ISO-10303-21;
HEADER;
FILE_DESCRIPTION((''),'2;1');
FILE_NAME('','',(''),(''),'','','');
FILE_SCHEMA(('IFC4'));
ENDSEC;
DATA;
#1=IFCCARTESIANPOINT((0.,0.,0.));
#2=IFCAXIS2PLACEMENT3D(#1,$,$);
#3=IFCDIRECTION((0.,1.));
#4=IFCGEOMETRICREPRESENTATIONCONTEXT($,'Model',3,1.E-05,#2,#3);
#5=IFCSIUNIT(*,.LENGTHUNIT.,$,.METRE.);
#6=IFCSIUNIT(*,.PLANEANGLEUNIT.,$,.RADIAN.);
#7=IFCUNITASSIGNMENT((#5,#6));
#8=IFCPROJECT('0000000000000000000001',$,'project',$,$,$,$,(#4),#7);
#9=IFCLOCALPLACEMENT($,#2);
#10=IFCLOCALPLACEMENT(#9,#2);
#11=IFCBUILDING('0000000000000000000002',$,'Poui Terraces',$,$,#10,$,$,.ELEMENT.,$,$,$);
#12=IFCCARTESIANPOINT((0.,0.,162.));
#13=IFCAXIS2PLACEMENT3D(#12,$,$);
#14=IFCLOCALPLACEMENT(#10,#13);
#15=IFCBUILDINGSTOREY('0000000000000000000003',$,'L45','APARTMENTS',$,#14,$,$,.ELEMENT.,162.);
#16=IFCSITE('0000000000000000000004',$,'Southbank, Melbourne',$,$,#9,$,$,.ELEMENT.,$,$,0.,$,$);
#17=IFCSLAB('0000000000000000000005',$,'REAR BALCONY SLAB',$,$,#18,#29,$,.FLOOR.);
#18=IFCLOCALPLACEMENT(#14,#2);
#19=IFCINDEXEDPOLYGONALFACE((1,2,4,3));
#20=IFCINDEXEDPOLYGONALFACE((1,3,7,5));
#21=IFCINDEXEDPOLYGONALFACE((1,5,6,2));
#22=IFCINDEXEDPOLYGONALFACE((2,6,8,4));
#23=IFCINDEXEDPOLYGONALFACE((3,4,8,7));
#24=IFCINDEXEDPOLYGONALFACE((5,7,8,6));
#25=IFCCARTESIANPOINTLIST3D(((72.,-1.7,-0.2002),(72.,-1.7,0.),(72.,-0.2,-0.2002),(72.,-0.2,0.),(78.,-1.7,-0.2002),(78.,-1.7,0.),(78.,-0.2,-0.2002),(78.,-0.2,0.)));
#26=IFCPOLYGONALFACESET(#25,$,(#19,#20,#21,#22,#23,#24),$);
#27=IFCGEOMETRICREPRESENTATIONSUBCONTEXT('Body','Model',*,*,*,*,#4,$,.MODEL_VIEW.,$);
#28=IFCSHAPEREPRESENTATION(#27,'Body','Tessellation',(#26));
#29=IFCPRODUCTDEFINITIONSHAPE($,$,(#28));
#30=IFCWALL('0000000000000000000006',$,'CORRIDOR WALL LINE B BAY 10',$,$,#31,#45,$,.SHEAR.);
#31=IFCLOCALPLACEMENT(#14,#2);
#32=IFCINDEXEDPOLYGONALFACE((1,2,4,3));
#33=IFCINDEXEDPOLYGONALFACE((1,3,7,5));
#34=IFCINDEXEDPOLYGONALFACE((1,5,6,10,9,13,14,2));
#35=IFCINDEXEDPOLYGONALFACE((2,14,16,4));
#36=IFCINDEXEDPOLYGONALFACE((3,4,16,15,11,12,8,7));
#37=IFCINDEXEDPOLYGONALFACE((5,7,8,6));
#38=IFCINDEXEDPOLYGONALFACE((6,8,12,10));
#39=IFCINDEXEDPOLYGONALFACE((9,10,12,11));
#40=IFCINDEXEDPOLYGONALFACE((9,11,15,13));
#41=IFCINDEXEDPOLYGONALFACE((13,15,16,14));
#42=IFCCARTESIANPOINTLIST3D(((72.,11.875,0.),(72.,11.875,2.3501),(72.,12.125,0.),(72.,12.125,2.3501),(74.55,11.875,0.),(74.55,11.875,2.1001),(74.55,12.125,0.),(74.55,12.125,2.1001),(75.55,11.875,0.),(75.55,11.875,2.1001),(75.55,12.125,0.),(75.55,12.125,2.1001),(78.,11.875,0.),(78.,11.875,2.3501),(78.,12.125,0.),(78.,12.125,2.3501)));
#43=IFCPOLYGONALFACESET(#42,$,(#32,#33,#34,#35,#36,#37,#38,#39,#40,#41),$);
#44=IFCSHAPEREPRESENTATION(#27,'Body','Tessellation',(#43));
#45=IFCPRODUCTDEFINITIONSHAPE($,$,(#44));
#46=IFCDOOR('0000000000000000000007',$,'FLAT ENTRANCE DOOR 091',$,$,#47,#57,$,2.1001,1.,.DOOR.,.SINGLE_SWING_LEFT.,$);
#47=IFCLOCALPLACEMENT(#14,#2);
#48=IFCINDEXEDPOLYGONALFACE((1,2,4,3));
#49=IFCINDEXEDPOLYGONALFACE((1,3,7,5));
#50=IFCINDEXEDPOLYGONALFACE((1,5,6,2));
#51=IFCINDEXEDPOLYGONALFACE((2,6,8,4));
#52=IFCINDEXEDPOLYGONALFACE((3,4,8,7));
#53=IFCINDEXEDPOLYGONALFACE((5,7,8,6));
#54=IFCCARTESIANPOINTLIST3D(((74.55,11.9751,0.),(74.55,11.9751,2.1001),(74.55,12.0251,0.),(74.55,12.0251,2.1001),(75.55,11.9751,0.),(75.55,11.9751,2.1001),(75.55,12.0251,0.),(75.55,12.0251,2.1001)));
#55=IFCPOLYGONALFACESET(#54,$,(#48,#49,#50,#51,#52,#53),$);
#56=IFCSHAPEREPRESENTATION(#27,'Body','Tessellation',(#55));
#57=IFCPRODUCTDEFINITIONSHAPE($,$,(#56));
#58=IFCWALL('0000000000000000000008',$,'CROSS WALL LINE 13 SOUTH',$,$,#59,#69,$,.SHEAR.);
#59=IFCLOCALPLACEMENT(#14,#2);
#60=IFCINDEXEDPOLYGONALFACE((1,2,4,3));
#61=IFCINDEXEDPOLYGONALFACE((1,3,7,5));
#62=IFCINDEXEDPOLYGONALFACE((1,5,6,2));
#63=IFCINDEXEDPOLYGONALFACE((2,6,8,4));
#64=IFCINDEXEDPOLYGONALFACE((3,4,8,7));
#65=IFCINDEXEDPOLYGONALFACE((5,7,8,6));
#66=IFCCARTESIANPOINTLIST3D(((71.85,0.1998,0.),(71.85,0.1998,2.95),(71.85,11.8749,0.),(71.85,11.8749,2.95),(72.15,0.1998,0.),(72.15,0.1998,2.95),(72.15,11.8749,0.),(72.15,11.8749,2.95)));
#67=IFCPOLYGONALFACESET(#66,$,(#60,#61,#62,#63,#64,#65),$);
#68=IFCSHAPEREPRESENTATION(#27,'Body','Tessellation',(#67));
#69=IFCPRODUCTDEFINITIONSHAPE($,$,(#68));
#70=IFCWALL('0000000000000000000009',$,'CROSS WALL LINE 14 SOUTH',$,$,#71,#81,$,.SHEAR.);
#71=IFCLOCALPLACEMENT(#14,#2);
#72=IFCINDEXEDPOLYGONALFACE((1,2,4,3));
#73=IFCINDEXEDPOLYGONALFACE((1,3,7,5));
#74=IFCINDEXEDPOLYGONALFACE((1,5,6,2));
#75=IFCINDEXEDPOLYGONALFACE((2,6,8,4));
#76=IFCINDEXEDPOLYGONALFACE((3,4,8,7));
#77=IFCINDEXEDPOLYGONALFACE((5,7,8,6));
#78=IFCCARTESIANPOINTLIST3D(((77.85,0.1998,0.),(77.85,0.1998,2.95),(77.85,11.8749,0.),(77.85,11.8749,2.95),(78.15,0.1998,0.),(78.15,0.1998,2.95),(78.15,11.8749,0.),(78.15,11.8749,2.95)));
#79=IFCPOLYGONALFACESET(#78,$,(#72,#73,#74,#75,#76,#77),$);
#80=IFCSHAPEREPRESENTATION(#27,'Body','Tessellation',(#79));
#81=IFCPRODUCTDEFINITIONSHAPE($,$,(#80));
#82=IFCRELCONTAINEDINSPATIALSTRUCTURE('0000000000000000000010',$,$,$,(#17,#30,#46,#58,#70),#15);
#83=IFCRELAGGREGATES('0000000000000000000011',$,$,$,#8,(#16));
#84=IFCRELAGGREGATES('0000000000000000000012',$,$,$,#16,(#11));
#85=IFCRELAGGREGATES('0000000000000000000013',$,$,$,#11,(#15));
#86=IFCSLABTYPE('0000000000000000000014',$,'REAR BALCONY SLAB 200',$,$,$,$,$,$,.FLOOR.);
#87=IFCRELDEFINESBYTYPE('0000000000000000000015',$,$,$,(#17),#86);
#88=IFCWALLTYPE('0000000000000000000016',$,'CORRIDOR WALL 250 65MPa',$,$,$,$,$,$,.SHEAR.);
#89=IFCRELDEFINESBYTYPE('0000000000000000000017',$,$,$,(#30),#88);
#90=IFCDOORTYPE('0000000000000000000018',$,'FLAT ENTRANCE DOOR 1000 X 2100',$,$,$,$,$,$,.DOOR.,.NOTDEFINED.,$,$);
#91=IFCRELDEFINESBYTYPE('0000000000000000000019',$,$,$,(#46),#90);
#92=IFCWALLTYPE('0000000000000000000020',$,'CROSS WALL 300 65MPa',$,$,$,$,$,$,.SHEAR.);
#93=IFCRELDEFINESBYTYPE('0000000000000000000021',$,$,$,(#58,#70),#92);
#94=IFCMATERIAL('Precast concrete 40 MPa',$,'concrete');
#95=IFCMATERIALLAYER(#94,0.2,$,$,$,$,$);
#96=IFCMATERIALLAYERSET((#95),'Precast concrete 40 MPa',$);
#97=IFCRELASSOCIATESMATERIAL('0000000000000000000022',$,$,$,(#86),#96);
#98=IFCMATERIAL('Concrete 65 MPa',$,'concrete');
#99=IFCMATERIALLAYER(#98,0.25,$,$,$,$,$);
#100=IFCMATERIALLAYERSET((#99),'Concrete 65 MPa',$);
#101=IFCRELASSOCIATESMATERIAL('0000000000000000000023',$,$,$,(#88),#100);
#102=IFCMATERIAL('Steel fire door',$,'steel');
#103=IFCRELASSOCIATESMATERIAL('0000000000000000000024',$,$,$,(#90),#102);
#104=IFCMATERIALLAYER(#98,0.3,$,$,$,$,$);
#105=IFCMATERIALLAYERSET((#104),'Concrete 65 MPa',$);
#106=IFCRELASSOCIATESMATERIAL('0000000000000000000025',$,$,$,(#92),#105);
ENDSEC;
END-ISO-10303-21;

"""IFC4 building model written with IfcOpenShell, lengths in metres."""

from ifc_helpers import new_model, si_unit, direction, frame, frame_2d, origin, place, context, subcontext, project, spatial, polyline, rectangle, outline, extrude, source, transform, mapped, material, layer, layer_set, type_object, element, fill, save


model = new_model("IFC4")

# Units and contexts
model_context = context("Model", 3, precision=1e-05, world=origin(), true_north=direction((0.0, 1.0)))
body_context = subcontext(model_context, "Body", "Model", "MODEL_VIEW")
ifc_project = project(units=[si_unit("LENGTHUNIT", "METRE"), si_unit("PLANEANGLEUNIT", "RADIAN")], contexts=[model_context])

# Site, building, storey
site_placement = place(None, origin())
site = spatial("IfcSite", under=ifc_project, at=site_placement, Name="Southbank, Melbourne", CompositionType="ELEMENT", RefElevation=0.0)
building_placement = place(site_placement, origin())
building = spatial("IfcBuilding", under=site, at=building_placement, Name="Poui Terraces", CompositionType="ELEMENT")
storey_placement = place(building_placement, frame((0.0, 0.0, 162.0)))
storey = spatial("IfcBuildingStorey", under=building, at=storey_placement, Name="L45", Description="APARTMENTS", CompositionType="ELEMENT", Elevation=162.0)

# Slab
ifc_material_1 = material(Name="Precast concrete 40 MPa", Category="concrete")
ifc_layer_1 = layer(ifc_material_1, 0.2)
ifc_layer_set_1 = layer_set([ifc_layer_1], Name="Precast concrete 40 MPa")
slab_type = type_object("IfcSlabType", Name="REAR BALCONY SLAB 200", PredefinedType="FLOOR", material=ifc_layer_set_1)
shared_shape_1 = source(origin(), body_context, "Body", "SweptSolid", [
    extrude(outline(polyline([(0.0, 0.0), (6.0, 0.0), (6.0, 1.5), (0.0, 1.5), (0.0, 0.0)])), origin(), (0.0, 0.0, 1.0), 0.2002),
])
slab_placement = place(storey_placement, frame((72.0, -1.7, -0.2002)))
element("IfcSlab", 1, at=slab_placement, inside=storey, type_object=slab_type, Name="REAR BALCONY SLAB", PredefinedType="FLOOR", context=body_context, shape_type="MappedRepresentation", body=[
    mapped(shared_shape_1, transform((0.0, 0.0, 0.0))),
])

# Wall, opening, door
ifc_material_2 = material(Name="Concrete 65 MPa", Category="concrete")
ifc_layer_2 = layer(ifc_material_2, 0.25)
ifc_layer_set_2 = layer_set([ifc_layer_2], Name="Concrete 65 MPa")
wall_type_1 = type_object("IfcWallType", Name="CORRIDOR WALL 250 65MPa", PredefinedType="SHEAR", material=ifc_layer_set_2)
wall_1_placement = place(storey_placement, frame((72.0, 12.0, 0.0), z_axis=(0.0, 0.0, 1.0), x_axis=(1.0, 0.0, 0.0)))
wall_1 = element("IfcWall", 2, at=wall_1_placement, inside=storey, type_object=wall_type_1, Name="CORRIDOR WALL LINE B BAY 10", PredefinedType="SHEAR", context=body_context, shape_type="SweptSolid", body=[
    extrude(rectangle(XDim=6.0, YDim=0.25, at=frame_2d((3.0, 0.0))), origin(), (0.0, 0.0, 1.0), 2.3501),
])
opening_1_placement = place(wall_1_placement, frame((2.55, 0.0, 0.0)))
opening_1 = element("IfcOpeningElement", 3, at=opening_1_placement, cuts=wall_1, PredefinedType="OPENING", context=body_context, shape_type="SweptSolid", body=[
    extrude(rectangle(XDim=1.0, YDim=2.1001, at=frame_2d((0.5, 1.05))), frame((0.0, 0.135, 0.0), z_axis=(0.0, -1.0, 0.0), x_axis=(1.0, 0.0, 0.0)), (0.0, 0.0, 1.0), 0.27),
])
ifc_material_3 = material(Name="Steel fire door", Category="steel")
door_type_1 = type_object("IfcDoorType", Name="FLAT ENTRANCE DOOR 1000 X 2100", OperationType="NOTDEFINED", PredefinedType="DOOR", material=ifc_material_3)
door_1_placement = place(opening_1_placement, frame((1.0, 0.0, 0.0), z_axis=(0.0, 0.0, 1.0), x_axis=(-1.0, 0.0, 0.0)))
door_1 = element("IfcDoor", 4, at=door_1_placement, inside=storey, type_object=door_type_1, Name="FLAT ENTRANCE DOOR 091", OperationType="SINGLE_SWING_LEFT", OverallHeight=2.1001, OverallWidth=1.0, PredefinedType="DOOR", context=body_context, shape_type="SweptSolid", body=[
    extrude(rectangle(XDim=1.0, YDim=2.1001, at=frame_2d((0.5, 1.05))), frame((0.0, 0.0249, 0.0), z_axis=(0.0, -1.0, 0.0), x_axis=(1.0, 0.0, 0.0)), (0.0, 0.0, 1.0), 0.05),
])
fill(opening_1, door_1)

# Walls
ifc_layer_3 = layer(ifc_material_2, 0.3)
ifc_layer_set_3 = layer_set([ifc_layer_3], Name="Concrete 65 MPa")
wall_type_2 = type_object("IfcWallType", Name="CROSS WALL 300 65MPa", PredefinedType="SHEAR", material=ifc_layer_set_3)
for number, where, z_axis, x_axis, name in (
    (5, (72.0, 0.2, 0.0), (0.0, 0.0, 1.0), (0.0, 1.0, 0.0), "CROSS WALL LINE 13 SOUTH"),
    (6, (78.0, 0.2, 0.0), (0.0, 0.0, 1.0), (0.0, 1.0, 0.0), "CROSS WALL LINE 14 SOUTH"),
):
    element("IfcWall", number, at=place(storey_placement, frame(where, z_axis=z_axis, x_axis=x_axis)), inside=storey, type_object=wall_type_2, Name=name, PredefinedType="SHEAR", context=body_context, shape_type="SweptSolid", body=[
        extrude(rectangle(XDim=11.675, YDim=0.3, at=frame_2d((5.8374, 0.0))), origin(), (0.0, 0.0, 1.0), 2.95),
    ])

save(model, "model.ifc")
